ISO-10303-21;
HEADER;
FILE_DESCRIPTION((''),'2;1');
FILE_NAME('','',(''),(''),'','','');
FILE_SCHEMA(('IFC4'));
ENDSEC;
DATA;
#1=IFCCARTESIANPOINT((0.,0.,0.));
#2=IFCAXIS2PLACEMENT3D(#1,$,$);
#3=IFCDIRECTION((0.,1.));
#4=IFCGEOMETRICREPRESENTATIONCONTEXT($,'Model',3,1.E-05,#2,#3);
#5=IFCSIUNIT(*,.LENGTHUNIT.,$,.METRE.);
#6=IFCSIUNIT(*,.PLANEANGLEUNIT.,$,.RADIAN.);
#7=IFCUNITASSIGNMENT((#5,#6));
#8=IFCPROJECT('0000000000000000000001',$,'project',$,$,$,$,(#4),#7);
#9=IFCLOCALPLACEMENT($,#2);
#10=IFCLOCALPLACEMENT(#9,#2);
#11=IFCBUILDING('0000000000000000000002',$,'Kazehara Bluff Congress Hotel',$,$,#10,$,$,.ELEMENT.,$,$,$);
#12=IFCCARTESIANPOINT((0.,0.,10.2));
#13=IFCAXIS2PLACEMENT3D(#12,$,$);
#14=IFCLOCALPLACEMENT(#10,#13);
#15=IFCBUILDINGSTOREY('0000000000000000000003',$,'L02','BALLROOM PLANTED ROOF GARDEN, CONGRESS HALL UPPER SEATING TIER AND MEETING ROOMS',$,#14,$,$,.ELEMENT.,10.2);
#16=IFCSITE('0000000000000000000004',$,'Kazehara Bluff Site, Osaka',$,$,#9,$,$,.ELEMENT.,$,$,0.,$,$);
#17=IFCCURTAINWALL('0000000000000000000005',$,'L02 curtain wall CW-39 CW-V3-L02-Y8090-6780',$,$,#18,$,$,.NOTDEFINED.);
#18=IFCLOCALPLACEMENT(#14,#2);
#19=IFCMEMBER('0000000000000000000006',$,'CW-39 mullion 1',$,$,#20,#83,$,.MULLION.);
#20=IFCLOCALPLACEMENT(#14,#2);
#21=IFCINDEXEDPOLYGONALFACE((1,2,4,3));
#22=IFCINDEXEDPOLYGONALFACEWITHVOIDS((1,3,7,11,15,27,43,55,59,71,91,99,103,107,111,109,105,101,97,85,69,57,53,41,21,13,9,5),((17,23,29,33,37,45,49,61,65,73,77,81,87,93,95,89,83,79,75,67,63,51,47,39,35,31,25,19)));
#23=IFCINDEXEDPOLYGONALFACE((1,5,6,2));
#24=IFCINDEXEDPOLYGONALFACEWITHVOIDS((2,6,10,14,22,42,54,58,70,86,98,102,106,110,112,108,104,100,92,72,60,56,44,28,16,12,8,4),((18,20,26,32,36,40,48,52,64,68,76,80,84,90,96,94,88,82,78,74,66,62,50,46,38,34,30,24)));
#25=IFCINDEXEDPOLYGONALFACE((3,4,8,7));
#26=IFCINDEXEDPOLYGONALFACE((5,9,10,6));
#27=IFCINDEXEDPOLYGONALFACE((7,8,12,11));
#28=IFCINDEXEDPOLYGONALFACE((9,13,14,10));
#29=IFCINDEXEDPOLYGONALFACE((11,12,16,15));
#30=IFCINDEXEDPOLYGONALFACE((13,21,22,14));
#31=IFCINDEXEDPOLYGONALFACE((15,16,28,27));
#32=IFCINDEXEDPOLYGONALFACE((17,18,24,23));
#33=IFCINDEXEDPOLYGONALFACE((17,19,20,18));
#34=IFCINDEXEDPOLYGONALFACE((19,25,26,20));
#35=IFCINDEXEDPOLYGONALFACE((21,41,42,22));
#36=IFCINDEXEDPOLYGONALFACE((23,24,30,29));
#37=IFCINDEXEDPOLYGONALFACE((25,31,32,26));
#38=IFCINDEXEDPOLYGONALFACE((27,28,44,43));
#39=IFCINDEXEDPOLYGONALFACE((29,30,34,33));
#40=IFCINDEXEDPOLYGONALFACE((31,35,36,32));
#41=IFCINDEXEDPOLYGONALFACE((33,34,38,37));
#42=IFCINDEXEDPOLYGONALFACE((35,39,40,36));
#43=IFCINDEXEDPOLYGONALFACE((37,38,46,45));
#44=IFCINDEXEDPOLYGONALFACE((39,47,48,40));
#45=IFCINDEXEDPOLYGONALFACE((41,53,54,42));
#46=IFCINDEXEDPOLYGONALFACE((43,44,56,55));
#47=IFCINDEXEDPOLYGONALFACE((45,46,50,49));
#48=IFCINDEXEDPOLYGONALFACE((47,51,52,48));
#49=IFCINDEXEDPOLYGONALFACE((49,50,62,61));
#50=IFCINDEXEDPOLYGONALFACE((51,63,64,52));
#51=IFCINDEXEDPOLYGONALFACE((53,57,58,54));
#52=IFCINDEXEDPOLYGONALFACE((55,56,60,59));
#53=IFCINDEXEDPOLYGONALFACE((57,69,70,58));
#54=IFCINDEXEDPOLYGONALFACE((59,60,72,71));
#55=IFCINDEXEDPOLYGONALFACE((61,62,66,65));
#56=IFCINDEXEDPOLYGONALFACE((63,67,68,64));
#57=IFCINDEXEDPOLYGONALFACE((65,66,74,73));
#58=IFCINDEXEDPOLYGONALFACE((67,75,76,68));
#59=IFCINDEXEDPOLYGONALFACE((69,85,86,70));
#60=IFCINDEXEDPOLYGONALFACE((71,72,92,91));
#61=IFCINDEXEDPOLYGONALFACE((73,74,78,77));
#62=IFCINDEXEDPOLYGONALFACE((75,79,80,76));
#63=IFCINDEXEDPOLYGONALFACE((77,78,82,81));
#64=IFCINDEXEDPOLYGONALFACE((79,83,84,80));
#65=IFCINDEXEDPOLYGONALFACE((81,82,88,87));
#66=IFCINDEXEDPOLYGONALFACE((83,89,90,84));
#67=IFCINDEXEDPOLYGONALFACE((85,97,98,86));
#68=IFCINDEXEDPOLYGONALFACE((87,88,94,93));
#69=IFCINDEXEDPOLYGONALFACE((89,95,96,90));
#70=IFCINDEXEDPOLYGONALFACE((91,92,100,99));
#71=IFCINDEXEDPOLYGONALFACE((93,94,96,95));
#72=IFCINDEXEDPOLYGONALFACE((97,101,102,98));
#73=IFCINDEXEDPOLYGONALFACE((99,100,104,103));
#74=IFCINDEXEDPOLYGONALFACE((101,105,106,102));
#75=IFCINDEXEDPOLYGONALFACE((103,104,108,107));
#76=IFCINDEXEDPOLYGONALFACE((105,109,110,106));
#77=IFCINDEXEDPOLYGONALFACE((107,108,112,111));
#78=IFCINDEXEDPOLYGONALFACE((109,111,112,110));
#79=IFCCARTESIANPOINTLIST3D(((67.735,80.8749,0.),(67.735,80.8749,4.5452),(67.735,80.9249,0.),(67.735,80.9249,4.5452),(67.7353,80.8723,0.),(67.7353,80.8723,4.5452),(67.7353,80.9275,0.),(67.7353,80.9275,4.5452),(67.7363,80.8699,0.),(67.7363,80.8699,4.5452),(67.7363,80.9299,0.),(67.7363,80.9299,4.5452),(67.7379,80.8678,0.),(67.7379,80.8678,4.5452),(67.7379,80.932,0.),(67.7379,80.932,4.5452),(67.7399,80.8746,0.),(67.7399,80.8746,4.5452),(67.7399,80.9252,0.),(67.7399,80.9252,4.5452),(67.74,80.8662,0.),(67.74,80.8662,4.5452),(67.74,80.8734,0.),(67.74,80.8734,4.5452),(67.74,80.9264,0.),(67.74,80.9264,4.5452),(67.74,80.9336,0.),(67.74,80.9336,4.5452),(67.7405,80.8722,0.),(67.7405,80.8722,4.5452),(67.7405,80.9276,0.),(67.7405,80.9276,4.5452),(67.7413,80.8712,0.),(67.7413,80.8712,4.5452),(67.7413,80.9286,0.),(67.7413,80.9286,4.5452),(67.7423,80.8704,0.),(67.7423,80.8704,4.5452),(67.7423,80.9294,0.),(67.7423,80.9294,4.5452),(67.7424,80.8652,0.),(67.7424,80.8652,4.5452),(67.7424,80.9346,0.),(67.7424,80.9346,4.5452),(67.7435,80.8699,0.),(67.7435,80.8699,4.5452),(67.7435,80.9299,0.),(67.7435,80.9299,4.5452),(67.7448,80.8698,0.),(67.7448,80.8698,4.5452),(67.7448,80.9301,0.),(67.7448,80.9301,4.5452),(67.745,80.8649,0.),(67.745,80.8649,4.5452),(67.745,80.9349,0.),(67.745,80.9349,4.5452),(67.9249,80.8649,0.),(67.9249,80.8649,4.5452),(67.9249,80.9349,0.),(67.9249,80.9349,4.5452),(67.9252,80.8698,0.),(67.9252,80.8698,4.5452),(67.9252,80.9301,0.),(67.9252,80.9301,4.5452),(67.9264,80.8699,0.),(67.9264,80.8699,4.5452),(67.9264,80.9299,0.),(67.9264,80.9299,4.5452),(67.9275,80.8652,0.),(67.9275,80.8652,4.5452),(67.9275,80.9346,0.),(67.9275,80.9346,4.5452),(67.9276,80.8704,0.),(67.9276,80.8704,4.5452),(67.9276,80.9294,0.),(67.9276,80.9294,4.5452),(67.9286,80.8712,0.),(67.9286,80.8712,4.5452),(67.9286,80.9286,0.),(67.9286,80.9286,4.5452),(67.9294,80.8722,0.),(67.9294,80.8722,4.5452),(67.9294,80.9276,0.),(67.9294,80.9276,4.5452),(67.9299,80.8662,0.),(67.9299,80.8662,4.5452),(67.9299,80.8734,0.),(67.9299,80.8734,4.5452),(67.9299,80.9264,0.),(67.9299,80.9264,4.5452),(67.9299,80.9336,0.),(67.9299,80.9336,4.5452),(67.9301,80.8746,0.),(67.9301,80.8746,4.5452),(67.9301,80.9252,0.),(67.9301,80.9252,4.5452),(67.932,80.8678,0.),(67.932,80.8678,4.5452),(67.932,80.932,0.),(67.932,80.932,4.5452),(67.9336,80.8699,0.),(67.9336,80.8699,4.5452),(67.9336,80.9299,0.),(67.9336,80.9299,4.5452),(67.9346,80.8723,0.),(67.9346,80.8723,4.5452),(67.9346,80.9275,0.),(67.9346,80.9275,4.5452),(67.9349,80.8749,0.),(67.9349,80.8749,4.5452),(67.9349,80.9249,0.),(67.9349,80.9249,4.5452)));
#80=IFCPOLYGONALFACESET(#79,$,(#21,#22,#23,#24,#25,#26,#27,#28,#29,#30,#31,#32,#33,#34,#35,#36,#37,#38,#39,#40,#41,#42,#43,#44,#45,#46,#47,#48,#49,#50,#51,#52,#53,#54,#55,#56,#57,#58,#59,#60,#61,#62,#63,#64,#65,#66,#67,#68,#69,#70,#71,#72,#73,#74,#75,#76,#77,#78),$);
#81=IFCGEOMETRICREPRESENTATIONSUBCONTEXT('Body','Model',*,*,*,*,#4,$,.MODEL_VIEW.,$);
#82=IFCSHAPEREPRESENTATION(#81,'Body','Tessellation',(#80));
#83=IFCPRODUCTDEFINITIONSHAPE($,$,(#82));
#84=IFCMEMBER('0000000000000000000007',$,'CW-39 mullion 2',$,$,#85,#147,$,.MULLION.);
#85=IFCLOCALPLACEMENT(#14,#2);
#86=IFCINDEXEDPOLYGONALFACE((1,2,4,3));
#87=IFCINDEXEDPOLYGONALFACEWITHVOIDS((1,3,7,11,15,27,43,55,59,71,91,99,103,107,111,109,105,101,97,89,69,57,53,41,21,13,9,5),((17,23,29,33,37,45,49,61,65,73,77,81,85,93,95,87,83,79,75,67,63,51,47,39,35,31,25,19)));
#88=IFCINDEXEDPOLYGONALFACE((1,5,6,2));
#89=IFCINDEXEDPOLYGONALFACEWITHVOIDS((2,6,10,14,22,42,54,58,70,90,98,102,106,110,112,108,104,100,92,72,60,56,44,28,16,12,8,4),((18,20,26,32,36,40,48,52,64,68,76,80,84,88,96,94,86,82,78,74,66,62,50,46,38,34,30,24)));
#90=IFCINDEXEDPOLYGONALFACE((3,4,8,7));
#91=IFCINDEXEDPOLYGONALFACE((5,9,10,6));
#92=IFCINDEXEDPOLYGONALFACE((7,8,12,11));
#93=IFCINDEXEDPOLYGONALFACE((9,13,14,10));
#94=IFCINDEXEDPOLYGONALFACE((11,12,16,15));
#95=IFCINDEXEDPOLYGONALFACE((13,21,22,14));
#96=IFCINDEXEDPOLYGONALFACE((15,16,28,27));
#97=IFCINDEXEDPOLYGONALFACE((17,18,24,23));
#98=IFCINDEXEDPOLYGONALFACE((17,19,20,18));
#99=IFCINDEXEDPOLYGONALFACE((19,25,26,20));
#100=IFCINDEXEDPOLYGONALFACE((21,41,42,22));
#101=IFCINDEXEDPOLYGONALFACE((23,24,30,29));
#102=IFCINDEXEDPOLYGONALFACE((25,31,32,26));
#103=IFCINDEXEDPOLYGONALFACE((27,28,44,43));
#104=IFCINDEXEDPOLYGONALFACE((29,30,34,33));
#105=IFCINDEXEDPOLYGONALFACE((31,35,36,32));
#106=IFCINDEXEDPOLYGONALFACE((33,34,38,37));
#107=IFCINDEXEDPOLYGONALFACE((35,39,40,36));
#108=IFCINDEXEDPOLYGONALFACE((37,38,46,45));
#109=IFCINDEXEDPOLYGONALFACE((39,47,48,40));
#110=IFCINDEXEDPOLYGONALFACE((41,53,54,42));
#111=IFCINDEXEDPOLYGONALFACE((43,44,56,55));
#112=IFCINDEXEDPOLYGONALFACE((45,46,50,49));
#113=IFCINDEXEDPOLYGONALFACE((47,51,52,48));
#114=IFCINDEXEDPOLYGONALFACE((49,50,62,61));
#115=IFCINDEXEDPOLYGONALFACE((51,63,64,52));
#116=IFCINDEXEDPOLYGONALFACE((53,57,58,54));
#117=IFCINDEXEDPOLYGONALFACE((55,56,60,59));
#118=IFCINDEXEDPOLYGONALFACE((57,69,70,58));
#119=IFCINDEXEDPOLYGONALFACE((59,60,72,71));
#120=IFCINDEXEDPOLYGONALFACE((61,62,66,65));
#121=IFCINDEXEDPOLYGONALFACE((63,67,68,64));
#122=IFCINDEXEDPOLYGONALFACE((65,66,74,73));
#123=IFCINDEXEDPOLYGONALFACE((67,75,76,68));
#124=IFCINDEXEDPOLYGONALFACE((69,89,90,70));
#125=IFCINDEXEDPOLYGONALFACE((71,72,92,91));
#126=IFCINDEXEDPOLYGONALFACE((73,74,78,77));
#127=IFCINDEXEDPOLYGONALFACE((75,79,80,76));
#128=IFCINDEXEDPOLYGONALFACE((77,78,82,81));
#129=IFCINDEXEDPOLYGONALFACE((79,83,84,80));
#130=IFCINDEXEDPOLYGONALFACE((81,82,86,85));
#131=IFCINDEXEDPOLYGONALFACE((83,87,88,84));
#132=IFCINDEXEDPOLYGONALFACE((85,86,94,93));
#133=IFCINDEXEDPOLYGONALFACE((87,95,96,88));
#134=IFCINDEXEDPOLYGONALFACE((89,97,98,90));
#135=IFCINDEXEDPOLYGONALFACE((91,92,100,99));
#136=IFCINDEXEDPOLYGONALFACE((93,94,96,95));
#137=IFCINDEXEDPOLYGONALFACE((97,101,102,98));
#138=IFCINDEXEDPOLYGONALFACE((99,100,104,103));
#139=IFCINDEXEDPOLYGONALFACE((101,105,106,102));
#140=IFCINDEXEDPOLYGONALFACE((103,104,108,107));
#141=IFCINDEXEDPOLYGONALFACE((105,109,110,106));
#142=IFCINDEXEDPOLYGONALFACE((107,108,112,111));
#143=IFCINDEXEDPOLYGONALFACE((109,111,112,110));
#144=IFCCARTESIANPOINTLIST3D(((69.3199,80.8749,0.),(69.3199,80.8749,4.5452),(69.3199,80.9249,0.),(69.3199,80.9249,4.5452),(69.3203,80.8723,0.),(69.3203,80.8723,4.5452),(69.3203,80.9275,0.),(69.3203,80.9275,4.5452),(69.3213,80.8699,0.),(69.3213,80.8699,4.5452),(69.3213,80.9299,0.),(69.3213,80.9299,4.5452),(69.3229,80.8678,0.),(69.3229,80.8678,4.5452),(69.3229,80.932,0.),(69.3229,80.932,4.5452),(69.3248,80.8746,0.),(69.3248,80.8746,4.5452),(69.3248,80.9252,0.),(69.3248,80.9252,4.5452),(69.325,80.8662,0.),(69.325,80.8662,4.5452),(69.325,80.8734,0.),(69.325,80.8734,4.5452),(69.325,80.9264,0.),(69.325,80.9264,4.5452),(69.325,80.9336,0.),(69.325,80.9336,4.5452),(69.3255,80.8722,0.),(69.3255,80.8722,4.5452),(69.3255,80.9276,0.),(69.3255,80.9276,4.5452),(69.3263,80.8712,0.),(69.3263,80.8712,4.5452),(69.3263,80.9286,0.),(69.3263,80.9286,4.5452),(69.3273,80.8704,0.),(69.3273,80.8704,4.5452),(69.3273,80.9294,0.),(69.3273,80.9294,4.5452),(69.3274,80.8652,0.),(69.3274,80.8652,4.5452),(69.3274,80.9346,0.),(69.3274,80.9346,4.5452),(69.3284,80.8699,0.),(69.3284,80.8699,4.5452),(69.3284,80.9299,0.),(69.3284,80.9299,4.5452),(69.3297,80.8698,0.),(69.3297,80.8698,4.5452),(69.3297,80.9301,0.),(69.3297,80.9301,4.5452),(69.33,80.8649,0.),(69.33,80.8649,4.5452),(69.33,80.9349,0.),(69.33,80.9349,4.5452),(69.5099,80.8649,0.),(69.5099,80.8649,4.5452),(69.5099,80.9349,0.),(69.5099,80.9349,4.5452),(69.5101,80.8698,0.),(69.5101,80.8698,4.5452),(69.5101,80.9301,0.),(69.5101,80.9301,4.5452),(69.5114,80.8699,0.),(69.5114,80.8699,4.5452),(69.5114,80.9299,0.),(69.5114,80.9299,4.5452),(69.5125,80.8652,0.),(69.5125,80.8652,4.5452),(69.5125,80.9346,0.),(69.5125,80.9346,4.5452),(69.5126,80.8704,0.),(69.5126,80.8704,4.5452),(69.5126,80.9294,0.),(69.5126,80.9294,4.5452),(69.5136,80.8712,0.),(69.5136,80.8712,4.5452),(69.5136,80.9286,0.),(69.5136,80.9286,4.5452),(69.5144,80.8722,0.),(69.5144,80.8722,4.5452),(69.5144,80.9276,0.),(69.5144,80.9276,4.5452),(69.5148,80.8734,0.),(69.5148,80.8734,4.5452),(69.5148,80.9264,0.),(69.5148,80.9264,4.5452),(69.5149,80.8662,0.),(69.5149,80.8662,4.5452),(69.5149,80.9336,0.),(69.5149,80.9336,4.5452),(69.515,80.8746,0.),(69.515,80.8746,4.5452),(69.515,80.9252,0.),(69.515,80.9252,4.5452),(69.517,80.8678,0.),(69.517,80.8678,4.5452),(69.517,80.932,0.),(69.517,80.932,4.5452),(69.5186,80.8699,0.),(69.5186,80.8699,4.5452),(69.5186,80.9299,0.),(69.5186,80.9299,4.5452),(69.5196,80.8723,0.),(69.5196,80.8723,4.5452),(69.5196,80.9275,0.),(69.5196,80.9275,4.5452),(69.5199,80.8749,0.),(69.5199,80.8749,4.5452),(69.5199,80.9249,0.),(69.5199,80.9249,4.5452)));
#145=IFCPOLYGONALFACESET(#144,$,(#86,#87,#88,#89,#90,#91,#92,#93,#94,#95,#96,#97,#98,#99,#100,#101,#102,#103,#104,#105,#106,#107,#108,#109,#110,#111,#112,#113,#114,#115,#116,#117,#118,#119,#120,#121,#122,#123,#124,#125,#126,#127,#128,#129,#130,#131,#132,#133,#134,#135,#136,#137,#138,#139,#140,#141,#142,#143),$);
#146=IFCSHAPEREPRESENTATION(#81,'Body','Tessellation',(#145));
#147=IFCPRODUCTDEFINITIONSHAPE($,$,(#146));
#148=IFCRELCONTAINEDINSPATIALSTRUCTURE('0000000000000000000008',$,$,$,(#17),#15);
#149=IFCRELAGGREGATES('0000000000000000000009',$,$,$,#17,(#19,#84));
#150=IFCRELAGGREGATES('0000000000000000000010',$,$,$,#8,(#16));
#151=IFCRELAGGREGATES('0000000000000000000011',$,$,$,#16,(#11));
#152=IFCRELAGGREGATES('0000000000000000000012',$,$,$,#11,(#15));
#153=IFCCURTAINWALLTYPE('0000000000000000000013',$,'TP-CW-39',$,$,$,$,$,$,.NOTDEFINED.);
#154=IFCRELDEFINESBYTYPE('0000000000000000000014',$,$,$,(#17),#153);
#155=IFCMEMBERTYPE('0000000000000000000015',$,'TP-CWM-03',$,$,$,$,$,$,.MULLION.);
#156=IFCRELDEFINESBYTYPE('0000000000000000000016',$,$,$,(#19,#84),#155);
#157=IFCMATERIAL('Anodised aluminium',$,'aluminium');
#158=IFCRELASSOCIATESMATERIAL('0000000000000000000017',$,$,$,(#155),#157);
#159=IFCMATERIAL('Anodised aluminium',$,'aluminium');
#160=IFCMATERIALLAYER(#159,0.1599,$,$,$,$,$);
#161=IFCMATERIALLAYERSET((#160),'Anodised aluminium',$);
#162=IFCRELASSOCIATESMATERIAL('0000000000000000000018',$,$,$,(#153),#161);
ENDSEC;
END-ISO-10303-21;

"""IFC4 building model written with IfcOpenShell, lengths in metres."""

from ifc_helpers import new_model, si_unit, direction, frame, origin, origin_2d, place, context, subcontext, project, spatial, hollow_rectangle, extrude, material, layer, layer_set, material_profile, profile_set, type_object, element, aggregate, save


model = new_model("IFC4")

# Units and contexts
model_context = context("Model", 3, precision=1e-05, world=origin(), true_north=direction((0.0, 1.0)))
body_context = subcontext(model_context, "Body", "Model", "MODEL_VIEW")
ifc_project = project(units=[si_unit("LENGTHUNIT", "METRE"), si_unit("PLANEANGLEUNIT", "RADIAN")], contexts=[model_context])

# Site, building, storey
site_placement = place(None, origin())
site = spatial("IfcSite", under=ifc_project, at=site_placement, Name="Kazehara Bluff Site, Osaka", CompositionType="ELEMENT", RefElevation=0.0)
building_placement = place(site_placement, origin())
building = spatial("IfcBuilding", under=site, at=building_placement, Name="Kazehara Bluff Congress Hotel", CompositionType="ELEMENT")
storey_placement = place(building_placement, frame((0.0, 0.0, 10.2)))
storey = spatial("IfcBuildingStorey", under=building, at=storey_placement, Name="L02", Description="BALLROOM PLANTED ROOF GARDEN, CONGRESS HALL UPPER SEATING TIER AND MEETING ROOMS", CompositionType="ELEMENT", Elevation=10.2)

# Curtain wall, members
ifc_material_1 = material(Name="Anodised aluminium", Category="aluminium")
ifc_material_profile_1 = material_profile(ifc_material_1, hollow_rectangle(XDim=0.0701, YDim=0.2, WallThickness=0.0049, InnerFilletRadius=0.0049, OuterFilletRadius=0.01, at=origin_2d()))
ifc_profile_set_1 = profile_set([ifc_material_profile_1], Name="Anodised aluminium")
member_type_1 = type_object("IfcMemberType", Name="TP-CWM-03", PredefinedType="MULLION", material=ifc_profile_set_1)
ifc_material_2 = material(Name="Anodised aluminium", Category="aluminium")
ifc_layer_1 = layer(ifc_material_2, 0.1599)
ifc_layer_set_1 = layer_set([ifc_layer_1], Name="Anodised aluminium")
curtain_wall_type_1 = type_object("IfcCurtainWallType", Name="TP-CW-39", PredefinedType="NOTDEFINED", material=ifc_layer_set_1)
curtain_wall_1_placement = place(storey_placement, origin())
curtain_wall_1 = element("IfcCurtainWall", 1, at=curtain_wall_1_placement, inside=storey, type_object=curtain_wall_type_1, Name="L02 curtain wall CW-39 CW-V3-L02-Y8090-6780", PredefinedType="NOTDEFINED")
member_1_placement = place(storey_placement, frame((67.835, 80.8999, 0.0), z_axis=(0.0, 0.0, 1.0), x_axis=(0.0, 1.0, 0.0)))
member_1 = element("IfcMember", 2, at=member_1_placement, type_object=member_type_1, Name="CW-39 mullion 1", PredefinedType="MULLION", context=body_context, shape_type="SweptSolid", body=[
    extrude(hollow_rectangle(XDim=0.0701, YDim=0.2, WallThickness=0.0049, InnerFilletRadius=0.0049, OuterFilletRadius=0.01, at=origin_2d()), origin(), (0.0, 0.0, 1.0), 4.5452),
])
member_2_placement = place(storey_placement, frame((69.4199, 80.8999, 0.0), z_axis=(0.0, 0.0, 1.0), x_axis=(0.0, 1.0, 0.0)))
member_2 = element("IfcMember", 3, at=member_2_placement, type_object=member_type_1, Name="CW-39 mullion 2", PredefinedType="MULLION", context=body_context, shape_type="SweptSolid", body=[
    extrude(hollow_rectangle(XDim=0.0701, YDim=0.2, WallThickness=0.0049, InnerFilletRadius=0.0049, OuterFilletRadius=0.01, at=origin_2d()), origin(), (0.0, 0.0, 1.0), 4.5452),
])

aggregate(curtain_wall_1, [member_1, member_2])

save(model, "model.ifc")
